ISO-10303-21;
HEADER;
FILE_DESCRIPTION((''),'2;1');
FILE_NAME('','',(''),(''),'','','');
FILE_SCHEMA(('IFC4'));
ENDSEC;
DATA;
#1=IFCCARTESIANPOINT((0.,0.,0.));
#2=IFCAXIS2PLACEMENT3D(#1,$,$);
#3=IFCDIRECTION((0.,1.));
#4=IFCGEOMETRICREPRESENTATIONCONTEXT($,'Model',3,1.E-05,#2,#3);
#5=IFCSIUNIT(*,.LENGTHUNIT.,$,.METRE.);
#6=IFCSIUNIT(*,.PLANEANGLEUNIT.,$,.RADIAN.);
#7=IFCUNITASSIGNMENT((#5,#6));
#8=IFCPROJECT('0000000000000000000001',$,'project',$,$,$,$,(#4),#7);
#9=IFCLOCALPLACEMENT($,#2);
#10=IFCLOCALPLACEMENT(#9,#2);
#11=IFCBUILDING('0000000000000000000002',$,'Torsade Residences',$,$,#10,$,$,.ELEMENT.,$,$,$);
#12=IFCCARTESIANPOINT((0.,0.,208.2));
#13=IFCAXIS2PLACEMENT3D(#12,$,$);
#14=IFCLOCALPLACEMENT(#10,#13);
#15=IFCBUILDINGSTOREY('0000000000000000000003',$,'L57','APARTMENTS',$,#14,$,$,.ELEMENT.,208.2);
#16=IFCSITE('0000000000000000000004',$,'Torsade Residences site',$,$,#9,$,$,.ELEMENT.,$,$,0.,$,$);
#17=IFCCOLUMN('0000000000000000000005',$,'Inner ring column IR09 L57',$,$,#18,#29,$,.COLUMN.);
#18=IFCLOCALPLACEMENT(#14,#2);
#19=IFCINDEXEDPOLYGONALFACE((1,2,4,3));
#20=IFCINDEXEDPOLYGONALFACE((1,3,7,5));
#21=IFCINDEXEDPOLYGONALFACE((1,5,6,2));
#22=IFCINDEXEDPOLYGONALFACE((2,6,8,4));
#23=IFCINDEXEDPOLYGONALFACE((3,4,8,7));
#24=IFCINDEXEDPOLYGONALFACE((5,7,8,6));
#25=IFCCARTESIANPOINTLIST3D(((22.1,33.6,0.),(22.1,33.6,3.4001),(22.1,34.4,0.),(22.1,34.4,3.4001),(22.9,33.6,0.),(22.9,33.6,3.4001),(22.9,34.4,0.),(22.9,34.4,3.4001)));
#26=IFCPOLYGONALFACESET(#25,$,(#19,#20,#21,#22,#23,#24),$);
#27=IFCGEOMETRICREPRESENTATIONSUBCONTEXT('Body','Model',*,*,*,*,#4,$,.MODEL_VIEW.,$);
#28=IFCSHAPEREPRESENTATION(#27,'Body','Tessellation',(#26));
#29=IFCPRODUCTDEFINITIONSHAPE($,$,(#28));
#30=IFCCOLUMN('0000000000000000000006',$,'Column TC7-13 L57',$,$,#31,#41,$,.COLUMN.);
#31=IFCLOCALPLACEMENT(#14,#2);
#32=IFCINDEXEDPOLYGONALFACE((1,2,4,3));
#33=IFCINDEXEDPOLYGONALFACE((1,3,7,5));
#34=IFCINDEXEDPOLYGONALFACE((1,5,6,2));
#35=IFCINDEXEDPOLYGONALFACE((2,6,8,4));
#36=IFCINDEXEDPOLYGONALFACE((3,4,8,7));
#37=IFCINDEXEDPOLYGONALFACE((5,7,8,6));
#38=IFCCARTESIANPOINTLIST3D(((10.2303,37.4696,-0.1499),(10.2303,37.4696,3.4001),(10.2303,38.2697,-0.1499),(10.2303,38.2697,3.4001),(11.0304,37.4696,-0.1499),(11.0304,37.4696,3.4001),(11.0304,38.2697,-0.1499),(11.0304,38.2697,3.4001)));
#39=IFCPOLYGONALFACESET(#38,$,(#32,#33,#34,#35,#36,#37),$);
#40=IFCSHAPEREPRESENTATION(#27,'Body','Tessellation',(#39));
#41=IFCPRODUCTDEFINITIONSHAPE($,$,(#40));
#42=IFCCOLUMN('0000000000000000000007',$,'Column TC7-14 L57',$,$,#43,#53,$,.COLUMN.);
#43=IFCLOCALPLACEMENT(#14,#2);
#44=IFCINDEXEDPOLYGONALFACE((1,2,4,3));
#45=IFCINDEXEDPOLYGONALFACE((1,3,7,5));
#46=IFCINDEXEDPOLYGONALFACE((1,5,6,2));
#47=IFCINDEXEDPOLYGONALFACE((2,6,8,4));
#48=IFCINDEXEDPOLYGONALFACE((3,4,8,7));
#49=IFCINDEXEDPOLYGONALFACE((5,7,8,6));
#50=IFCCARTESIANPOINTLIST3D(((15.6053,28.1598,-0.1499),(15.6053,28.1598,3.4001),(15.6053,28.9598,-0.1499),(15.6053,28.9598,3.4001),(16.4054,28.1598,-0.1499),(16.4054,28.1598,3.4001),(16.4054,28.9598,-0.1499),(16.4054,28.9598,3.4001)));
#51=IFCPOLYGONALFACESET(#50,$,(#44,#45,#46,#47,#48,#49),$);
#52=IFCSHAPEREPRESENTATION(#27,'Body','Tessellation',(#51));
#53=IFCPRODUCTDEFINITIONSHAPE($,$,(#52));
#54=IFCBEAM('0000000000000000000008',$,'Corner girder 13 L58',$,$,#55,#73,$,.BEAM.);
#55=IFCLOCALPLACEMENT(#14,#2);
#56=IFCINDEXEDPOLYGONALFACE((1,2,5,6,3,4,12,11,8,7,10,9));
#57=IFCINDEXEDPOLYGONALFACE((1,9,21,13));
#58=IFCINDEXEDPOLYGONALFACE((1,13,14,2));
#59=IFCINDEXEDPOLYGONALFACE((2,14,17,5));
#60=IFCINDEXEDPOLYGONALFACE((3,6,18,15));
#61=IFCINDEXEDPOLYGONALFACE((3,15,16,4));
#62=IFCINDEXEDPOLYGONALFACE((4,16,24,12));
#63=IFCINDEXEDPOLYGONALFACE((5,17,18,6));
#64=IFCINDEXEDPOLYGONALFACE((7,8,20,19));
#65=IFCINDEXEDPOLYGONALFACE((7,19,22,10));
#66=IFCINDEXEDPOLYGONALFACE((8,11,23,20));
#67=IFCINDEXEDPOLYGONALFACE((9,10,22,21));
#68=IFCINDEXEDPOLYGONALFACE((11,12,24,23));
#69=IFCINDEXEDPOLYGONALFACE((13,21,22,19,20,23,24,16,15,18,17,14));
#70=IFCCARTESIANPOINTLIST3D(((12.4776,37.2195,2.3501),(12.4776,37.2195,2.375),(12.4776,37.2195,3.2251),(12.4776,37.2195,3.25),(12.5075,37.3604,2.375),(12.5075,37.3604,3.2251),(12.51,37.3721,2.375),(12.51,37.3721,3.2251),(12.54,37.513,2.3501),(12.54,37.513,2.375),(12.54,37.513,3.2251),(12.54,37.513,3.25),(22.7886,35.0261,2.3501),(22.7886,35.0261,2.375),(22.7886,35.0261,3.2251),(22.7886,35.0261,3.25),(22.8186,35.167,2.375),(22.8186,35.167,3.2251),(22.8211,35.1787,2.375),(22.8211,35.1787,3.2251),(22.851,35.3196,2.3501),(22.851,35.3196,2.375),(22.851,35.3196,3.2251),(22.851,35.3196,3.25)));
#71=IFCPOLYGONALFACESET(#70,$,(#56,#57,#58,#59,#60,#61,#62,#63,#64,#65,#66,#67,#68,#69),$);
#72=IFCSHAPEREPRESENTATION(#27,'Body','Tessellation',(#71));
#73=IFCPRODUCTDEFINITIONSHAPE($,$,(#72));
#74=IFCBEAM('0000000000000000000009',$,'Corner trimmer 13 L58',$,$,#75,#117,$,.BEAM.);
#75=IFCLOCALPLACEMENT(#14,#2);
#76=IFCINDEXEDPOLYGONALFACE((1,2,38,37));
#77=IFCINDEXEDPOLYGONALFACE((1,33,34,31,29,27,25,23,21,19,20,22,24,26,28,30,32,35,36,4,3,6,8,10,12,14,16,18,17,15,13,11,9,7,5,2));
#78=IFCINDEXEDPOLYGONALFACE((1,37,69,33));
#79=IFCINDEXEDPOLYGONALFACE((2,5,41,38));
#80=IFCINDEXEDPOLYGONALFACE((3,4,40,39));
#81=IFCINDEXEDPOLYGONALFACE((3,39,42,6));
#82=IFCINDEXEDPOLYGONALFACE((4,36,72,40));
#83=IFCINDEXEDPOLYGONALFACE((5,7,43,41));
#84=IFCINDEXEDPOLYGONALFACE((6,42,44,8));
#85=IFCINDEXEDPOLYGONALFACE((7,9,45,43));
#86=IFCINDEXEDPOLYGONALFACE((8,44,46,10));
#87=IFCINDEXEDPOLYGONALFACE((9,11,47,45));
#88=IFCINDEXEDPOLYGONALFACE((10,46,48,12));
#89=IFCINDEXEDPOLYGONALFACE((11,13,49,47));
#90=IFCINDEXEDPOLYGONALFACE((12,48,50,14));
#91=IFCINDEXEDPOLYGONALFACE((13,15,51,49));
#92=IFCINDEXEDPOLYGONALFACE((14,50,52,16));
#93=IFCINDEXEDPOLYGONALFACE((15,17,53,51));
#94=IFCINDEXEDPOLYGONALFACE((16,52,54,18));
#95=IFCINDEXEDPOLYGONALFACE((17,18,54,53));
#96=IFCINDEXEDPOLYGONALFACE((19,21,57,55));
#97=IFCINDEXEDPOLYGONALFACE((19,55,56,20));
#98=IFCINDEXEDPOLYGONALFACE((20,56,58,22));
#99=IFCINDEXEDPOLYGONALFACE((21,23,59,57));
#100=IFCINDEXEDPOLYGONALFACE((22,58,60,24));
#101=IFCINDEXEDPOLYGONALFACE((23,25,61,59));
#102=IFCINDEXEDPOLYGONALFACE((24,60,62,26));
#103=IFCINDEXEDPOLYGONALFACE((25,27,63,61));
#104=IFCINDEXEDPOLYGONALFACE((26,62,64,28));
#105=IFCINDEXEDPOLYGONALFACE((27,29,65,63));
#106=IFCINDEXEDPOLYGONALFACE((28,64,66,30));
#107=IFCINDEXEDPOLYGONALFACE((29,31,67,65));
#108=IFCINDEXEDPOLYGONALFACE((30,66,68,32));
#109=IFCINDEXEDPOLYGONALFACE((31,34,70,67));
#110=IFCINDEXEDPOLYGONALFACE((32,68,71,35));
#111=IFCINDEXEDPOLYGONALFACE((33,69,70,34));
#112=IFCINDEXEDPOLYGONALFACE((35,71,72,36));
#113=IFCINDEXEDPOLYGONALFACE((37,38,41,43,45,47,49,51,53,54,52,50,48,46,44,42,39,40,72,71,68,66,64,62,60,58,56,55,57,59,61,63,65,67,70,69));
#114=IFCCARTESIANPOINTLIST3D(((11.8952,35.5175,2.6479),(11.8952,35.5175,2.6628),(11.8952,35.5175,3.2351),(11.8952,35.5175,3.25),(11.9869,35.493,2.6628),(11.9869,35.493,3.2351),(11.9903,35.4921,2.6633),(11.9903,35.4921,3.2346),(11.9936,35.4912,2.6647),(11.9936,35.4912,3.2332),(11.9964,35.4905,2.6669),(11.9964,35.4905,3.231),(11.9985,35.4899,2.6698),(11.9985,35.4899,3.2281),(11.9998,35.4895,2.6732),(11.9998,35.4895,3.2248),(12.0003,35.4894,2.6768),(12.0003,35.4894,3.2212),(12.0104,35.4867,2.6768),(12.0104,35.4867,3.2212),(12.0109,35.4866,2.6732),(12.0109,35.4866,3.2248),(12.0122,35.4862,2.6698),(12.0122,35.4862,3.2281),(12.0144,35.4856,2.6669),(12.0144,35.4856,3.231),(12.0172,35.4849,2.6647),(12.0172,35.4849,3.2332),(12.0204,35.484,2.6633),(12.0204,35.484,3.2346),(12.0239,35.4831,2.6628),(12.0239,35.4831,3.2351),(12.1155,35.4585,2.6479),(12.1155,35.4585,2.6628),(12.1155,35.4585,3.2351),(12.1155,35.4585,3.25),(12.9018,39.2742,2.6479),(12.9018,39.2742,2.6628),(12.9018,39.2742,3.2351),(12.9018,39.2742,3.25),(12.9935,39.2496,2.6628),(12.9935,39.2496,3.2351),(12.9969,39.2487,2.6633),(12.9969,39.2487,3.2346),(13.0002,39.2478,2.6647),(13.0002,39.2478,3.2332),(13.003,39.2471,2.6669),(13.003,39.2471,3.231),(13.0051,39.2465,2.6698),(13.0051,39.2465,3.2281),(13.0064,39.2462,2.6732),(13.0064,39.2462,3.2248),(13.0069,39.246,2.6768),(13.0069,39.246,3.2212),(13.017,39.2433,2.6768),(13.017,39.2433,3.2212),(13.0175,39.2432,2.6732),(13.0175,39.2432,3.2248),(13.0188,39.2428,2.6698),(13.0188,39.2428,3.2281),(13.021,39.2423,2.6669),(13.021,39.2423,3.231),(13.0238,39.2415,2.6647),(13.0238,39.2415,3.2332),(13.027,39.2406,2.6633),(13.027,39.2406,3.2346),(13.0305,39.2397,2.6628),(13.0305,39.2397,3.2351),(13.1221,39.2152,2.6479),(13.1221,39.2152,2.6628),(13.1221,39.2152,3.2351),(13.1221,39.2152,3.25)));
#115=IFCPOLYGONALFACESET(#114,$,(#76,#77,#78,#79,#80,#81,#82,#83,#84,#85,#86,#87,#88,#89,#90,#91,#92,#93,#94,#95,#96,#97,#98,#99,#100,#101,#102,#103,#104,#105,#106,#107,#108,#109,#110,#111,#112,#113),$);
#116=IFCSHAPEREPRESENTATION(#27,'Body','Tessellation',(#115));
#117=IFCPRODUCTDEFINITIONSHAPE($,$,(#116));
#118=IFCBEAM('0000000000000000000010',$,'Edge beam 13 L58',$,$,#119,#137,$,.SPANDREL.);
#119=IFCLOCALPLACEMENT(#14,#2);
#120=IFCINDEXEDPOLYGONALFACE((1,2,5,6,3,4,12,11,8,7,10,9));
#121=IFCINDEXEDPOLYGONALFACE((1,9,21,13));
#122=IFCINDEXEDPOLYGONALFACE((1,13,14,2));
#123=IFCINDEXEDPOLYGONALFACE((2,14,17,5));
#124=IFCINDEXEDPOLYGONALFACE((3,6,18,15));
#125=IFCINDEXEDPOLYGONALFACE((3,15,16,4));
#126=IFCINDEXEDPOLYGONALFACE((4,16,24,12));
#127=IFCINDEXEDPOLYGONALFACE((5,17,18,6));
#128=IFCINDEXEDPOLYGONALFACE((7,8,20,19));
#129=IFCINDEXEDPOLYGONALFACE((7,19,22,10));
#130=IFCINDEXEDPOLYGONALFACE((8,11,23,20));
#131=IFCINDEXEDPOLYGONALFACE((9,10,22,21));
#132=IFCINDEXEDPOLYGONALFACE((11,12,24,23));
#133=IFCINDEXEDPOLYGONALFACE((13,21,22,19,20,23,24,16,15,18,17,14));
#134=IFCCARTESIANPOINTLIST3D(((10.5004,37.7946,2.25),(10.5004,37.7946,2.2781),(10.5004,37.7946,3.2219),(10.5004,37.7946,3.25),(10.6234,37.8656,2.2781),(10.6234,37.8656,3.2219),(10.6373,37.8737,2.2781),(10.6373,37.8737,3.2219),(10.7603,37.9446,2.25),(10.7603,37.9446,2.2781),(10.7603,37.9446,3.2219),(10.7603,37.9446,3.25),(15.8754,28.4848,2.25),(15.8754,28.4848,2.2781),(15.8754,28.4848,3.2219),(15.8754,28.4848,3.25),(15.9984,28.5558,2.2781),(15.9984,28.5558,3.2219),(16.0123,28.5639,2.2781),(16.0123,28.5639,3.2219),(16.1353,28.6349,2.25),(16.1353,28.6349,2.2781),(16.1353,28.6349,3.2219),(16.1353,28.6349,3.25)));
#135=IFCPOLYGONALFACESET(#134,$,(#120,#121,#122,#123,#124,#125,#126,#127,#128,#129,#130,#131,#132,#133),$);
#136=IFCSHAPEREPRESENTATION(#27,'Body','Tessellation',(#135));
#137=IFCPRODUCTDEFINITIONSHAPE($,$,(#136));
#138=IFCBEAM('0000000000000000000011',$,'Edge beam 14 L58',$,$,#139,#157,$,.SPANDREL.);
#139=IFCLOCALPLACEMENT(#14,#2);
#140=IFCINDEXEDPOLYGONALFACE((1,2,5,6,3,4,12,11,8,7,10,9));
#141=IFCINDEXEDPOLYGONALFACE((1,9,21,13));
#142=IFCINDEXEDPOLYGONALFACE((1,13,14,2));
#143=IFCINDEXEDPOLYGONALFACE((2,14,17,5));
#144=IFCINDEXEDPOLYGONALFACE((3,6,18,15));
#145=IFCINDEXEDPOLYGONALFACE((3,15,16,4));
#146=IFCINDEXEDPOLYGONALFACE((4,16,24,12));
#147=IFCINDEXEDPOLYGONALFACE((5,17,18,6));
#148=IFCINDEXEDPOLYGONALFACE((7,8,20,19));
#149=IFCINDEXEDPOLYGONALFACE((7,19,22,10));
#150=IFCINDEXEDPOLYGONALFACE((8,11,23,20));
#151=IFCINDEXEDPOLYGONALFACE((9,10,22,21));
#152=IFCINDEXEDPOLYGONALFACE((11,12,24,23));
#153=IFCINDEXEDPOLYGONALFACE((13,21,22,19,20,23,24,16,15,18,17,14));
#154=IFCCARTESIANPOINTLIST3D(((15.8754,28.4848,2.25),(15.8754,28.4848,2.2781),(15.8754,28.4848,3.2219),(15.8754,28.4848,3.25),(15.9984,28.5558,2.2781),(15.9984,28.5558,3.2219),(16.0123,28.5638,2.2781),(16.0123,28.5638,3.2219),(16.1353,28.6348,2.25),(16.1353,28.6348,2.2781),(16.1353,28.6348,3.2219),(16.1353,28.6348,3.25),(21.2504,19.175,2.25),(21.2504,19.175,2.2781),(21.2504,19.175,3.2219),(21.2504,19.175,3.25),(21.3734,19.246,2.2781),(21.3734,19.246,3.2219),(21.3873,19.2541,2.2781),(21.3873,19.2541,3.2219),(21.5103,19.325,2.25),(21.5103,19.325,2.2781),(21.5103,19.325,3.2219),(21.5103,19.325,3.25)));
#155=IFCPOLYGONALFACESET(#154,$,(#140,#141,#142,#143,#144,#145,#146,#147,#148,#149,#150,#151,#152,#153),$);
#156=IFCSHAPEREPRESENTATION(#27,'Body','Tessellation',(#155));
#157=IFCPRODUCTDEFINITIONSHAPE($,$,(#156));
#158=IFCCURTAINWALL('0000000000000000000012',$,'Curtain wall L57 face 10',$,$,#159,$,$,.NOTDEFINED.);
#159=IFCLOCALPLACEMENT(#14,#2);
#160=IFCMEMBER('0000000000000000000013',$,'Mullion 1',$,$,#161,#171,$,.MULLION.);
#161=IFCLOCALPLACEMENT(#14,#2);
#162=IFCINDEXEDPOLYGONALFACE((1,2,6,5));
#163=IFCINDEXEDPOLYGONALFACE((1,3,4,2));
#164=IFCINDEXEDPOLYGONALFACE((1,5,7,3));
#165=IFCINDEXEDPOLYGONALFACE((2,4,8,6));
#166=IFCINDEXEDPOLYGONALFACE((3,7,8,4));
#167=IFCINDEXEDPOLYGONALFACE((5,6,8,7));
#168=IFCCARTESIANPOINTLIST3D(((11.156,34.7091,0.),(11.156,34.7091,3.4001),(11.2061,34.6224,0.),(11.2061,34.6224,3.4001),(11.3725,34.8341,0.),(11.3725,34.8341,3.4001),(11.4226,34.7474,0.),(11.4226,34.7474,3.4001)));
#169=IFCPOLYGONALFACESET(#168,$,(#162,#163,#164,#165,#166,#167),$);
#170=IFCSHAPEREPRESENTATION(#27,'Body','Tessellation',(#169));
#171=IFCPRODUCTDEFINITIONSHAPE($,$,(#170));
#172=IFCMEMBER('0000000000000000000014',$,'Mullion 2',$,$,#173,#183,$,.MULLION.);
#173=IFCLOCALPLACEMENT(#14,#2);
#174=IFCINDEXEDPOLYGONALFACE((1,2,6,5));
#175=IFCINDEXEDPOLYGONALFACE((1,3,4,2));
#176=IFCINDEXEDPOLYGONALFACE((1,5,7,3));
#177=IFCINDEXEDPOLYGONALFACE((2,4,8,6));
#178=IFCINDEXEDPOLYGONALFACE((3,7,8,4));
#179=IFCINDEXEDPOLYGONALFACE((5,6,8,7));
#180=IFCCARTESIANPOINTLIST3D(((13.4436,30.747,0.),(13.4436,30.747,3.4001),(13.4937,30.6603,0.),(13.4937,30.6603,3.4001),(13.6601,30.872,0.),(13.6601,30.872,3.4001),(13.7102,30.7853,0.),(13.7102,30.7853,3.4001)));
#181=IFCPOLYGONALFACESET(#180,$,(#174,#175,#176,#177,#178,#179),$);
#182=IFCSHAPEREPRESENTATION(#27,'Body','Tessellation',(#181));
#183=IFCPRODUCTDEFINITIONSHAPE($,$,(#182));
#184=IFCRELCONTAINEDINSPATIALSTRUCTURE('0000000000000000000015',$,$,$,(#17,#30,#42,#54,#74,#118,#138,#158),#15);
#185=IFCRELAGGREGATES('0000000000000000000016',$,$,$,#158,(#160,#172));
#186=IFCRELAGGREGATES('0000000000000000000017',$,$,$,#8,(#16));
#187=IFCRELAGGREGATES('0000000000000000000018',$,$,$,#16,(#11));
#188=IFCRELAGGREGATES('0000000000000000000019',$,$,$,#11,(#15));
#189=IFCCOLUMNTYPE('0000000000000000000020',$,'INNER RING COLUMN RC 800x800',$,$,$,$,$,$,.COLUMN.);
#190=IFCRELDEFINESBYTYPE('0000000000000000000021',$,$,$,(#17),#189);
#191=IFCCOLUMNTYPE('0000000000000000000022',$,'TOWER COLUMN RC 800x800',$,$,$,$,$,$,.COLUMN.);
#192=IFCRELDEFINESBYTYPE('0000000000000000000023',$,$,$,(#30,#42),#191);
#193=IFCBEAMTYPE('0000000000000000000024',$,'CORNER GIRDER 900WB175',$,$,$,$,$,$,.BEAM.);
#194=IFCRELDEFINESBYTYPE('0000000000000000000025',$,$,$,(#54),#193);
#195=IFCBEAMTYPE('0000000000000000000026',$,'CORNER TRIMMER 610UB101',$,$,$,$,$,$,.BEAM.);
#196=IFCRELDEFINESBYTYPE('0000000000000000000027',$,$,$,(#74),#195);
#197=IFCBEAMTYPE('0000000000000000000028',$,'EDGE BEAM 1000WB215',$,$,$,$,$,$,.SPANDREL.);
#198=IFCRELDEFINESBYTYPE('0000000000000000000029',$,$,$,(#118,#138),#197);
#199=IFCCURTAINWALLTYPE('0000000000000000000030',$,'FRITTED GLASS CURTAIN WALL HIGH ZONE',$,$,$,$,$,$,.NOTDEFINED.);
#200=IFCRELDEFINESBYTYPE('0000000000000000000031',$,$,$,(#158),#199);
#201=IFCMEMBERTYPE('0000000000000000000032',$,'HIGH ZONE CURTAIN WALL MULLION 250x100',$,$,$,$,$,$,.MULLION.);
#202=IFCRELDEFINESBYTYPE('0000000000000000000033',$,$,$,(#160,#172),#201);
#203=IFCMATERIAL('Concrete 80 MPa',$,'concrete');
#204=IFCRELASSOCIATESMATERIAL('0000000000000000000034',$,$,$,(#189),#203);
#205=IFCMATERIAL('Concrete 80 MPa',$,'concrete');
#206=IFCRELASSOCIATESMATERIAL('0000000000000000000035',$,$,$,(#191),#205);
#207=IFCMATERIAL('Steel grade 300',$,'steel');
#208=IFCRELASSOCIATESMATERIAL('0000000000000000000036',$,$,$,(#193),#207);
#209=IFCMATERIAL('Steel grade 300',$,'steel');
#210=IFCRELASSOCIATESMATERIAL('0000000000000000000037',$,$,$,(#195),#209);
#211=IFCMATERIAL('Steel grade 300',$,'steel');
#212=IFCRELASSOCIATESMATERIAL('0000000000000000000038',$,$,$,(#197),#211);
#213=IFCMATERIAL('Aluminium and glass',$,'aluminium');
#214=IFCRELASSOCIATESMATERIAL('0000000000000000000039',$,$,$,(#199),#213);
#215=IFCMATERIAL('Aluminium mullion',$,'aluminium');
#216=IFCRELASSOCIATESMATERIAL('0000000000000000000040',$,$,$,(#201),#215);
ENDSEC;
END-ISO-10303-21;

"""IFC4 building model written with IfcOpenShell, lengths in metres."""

from ifc_helpers import new_model, si_unit, direction, frame, origin, origin_2d, place, context, subcontext, project, spatial, rectangle, i_section, extrude, material, material_profile, profile_set, type_object, element, aggregate, save


model = new_model("IFC4")

# Units and contexts
model_context = context("Model", 3, precision=1e-05, world=origin(), true_north=direction((0.0, 1.0)))
body_context = subcontext(model_context, "Body", "Model", "MODEL_VIEW")
ifc_project = project(units=[si_unit("LENGTHUNIT", "METRE"), si_unit("PLANEANGLEUNIT", "RADIAN")], contexts=[model_context])

# Site, building, storey
site_placement = place(None, origin())
site = spatial("IfcSite", under=ifc_project, at=site_placement, Name="Torsade Residences site", CompositionType="ELEMENT", RefElevation=0.0)
building_placement = place(site_placement, origin())
building = spatial("IfcBuilding", under=site, at=building_placement, Name="Torsade Residences", CompositionType="ELEMENT")
storey_placement = place(building_placement, frame((0.0, 0.0, 208.2)))
storey = spatial("IfcBuildingStorey", under=building, at=storey_placement, Name="L57", Description="APARTMENTS", CompositionType="ELEMENT", Elevation=208.2)

# Columns
ifc_material_1 = material(Name="Concrete 80 MPa", Category="concrete")
ifc_material_profile_1 = material_profile(ifc_material_1, rectangle(XDim=0.8, YDim=0.8, at=origin_2d()), Name="RC 800x800")
ifc_profile_set_1 = profile_set([ifc_material_profile_1], Name="Concrete 80 MPa")
column_type_1 = type_object("IfcColumnType", Name="INNER RING COLUMN RC 800x800", PredefinedType="COLUMN", material=ifc_profile_set_1)
column_placement = place(storey_placement, frame((22.5, 34.0, 0.0), z_axis=(0.0, 0.0, 1.0), x_axis=(1.0, 0.0, 0.0)))
element("IfcColumn", 1, at=column_placement, inside=storey, type_object=column_type_1, Name="Inner ring column IR09 L57", PredefinedType="COLUMN", context=body_context, shape_type="SweptSolid", body=[
    extrude(rectangle(XDim=0.8, YDim=0.8, at=origin_2d()), origin(), (0.0, 0.0, 1.0), 3.4001),
])
ifc_material_2 = material(Name="Concrete 80 MPa", Category="concrete")
ifc_material_profile_2 = material_profile(ifc_material_2, rectangle(XDim=0.8, YDim=0.8, at=origin_2d()), Name="RC 800x800")
ifc_profile_set_2 = profile_set([ifc_material_profile_2], Name="Concrete 80 MPa")
column_type_2 = type_object("IfcColumnType", Name="TOWER COLUMN RC 800x800", PredefinedType="COLUMN", material=ifc_profile_set_2)
for number, where, z_axis, x_axis, name in (
    (2, (10.6304, 37.8696, -0.1499), (0.0, 0.0, 1.0), (1.0, 0.0, 0.0), "Column TC7-13 L57"),
    (3, (16.0054, 28.5598, -0.1499), (0.0, 0.0, 1.0), (1.0, 0.0, 0.0), "Column TC7-14 L57"),
):
    element("IfcColumn", number, at=place(storey_placement, frame(where, z_axis=z_axis, x_axis=x_axis)), inside=storey, type_object=column_type_2, Name=name, PredefinedType="COLUMN", context=body_context, shape_type="SweptSolid", body=[
        extrude(rectangle(XDim=0.8, YDim=0.8, at=origin_2d()), origin(), (0.0, 0.0, 1.0), 3.55),
    ])

# Beams
ifc_material_3 = material(Name="Steel grade 300", Category="steel")
ifc_material_profile_3 = material_profile(ifc_material_3, i_section(OverallWidth=0.3, OverallDepth=0.8999, WebThickness=0.012, FlangeThickness=0.0249, at=origin_2d()), Name="900WB175")
ifc_profile_set_3 = profile_set([ifc_material_profile_3], Name="Steel grade 300")
beam_type_1 = type_object("IfcBeamType", Name="CORNER GIRDER 900WB175", PredefinedType="BEAM", material=ifc_profile_set_3)
beam_1_placement = place(storey_placement, frame((12.5088, 37.3662, 2.8), z_axis=(0.978115, -0.208064, 0.0), x_axis=(0.208064, 0.978115, 0.0)))
element("IfcBeam", 4, at=beam_1_placement, inside=storey, type_object=beam_type_1, Name="Corner girder 13 L58", PredefinedType="BEAM", context=body_context, shape_type="SweptSolid", body=[
    extrude(i_section(OverallWidth=0.3, OverallDepth=0.8999, WebThickness=0.012, FlangeThickness=0.0249, at=origin_2d()), origin(), (0.0, 0.0, 1.0), 10.5417),
])
ifc_material_4 = material(Name="Steel grade 300", Category="steel")
ifc_material_profile_4 = material_profile(ifc_material_4, i_section(OverallWidth=0.228, OverallDepth=0.6021, WebThickness=0.0105, FlangeThickness=0.0149, FilletRadius=0.0139, at=origin_2d()), Name="610UB101")
ifc_profile_set_4 = profile_set([ifc_material_profile_4], Name="Steel grade 300")
beam_type_2 = type_object("IfcBeamType", Name="CORNER TRIMMER 610UB101", PredefinedType="BEAM", material=ifc_profile_set_4)
beam_2_placement = place(storey_placement, frame((12.0054, 35.488, 2.949), z_axis=(0.258823, 0.965925, 0.0), x_axis=(-0.965925, 0.258823, 0.0)))
element("IfcBeam", 5, at=beam_2_placement, inside=storey, type_object=beam_type_2, Name="Corner trimmer 13 L58", PredefinedType="BEAM", context=body_context, shape_type="SweptSolid", body=[
    extrude(i_section(OverallWidth=0.228, OverallDepth=0.6021, WebThickness=0.0105, FlangeThickness=0.0149, FilletRadius=0.0139, at=origin_2d()), origin(), (0.0, 0.0, 1.0), 3.8892),
])
ifc_material_5 = material(Name="Steel grade 300", Category="steel")
ifc_material_profile_5 = material_profile(ifc_material_5, i_section(OverallWidth=0.3, OverallDepth=1.0, WebThickness=0.0161, FlangeThickness=0.0281, at=origin_2d()), Name="1000WB215")
ifc_profile_set_5 = profile_set([ifc_material_profile_5], Name="Steel grade 300")
beam_type_3 = type_object("IfcBeamType", Name="EDGE BEAM 1000WB215", PredefinedType="SPANDREL", material=ifc_profile_set_5)
for number, where, z_axis, x_axis, name in (
    (6, (10.6304, 37.8696, 2.75), (0.499998, -0.866026, 0.0), (0.866026, 0.499998, 0.0), "Edge beam 13 L58"),
    (7, (16.0054, 28.5598, 2.75), (0.499998, -0.866026, 0.0), (0.866026, 0.499998, 0.0), "Edge beam 14 L58"),
):
    element("IfcBeam", number, at=place(storey_placement, frame(where, z_axis=z_axis, x_axis=x_axis)), inside=storey, type_object=beam_type_3, Name=name, PredefinedType="SPANDREL", context=body_context, shape_type="SweptSolid", body=[
        extrude(i_section(OverallWidth=0.3, OverallDepth=1.0, WebThickness=0.0161, FlangeThickness=0.0281, at=origin_2d()), origin(), (0.0, 0.0, 1.0), 10.75),
    ])

# Curtain wall, members
ifc_material_6 = material(Name="Aluminium and glass", Category="aluminium")
curtain_wall_type = type_object("IfcCurtainWallType", Name="FRITTED GLASS CURTAIN WALL HIGH ZONE", PredefinedType="NOTDEFINED", material=ifc_material_6)
curtain_wall_placement = place(storey_placement, origin())
curtain_wall = element("IfcCurtainWall", 8, at=curtain_wall_placement, inside=storey, type_object=curtain_wall_type, Name="Curtain wall L57 face 10", PredefinedType="NOTDEFINED")
ifc_material_7 = material(Name="Aluminium mullion", Category="aluminium")
ifc_material_profile_6 = material_profile(ifc_material_7, rectangle(XDim=0.25, YDim=0.1001, at=origin_2d()), Name="HIGH ZONE CURTAIN WALL MULLION 250x100")
ifc_profile_set_6 = profile_set([ifc_material_profile_6], Name="Aluminium mullion")
member_type_1 = type_object("IfcMemberType", Name="HIGH ZONE CURTAIN WALL MULLION 250x100", PredefinedType="MULLION", material=ifc_profile_set_6)
member_1_placement = place(storey_placement, frame((11.2893, 34.7283, 0.0), z_axis=(0.0, 0.0, 1.0), x_axis=(0.866025, 0.5, 0.0)))
member_1 = element("IfcMember", 9, at=member_1_placement, type_object=member_type_1, Name="Mullion 1", PredefinedType="MULLION", context=body_context, shape_type="SweptSolid", body=[
    extrude(rectangle(XDim=0.25, YDim=0.1001, at=origin_2d()), origin(), (0.0, 0.0, 1.0), 3.4001),
])
member_2_placement = place(storey_placement, frame((13.5769, 30.7661, 0.0), z_axis=(0.0, 0.0, 1.0), x_axis=(0.866025, 0.5, 0.0)))
member_2 = element("IfcMember", 10, at=member_2_placement, type_object=member_type_1, Name="Mullion 2", PredefinedType="MULLION", context=body_context, shape_type="SweptSolid", body=[
    extrude(rectangle(XDim=0.25, YDim=0.1001, at=origin_2d()), origin(), (0.0, 0.0, 1.0), 3.4001),
])

aggregate(curtain_wall, [member_1, member_2])

save(model, "model.ifc")
